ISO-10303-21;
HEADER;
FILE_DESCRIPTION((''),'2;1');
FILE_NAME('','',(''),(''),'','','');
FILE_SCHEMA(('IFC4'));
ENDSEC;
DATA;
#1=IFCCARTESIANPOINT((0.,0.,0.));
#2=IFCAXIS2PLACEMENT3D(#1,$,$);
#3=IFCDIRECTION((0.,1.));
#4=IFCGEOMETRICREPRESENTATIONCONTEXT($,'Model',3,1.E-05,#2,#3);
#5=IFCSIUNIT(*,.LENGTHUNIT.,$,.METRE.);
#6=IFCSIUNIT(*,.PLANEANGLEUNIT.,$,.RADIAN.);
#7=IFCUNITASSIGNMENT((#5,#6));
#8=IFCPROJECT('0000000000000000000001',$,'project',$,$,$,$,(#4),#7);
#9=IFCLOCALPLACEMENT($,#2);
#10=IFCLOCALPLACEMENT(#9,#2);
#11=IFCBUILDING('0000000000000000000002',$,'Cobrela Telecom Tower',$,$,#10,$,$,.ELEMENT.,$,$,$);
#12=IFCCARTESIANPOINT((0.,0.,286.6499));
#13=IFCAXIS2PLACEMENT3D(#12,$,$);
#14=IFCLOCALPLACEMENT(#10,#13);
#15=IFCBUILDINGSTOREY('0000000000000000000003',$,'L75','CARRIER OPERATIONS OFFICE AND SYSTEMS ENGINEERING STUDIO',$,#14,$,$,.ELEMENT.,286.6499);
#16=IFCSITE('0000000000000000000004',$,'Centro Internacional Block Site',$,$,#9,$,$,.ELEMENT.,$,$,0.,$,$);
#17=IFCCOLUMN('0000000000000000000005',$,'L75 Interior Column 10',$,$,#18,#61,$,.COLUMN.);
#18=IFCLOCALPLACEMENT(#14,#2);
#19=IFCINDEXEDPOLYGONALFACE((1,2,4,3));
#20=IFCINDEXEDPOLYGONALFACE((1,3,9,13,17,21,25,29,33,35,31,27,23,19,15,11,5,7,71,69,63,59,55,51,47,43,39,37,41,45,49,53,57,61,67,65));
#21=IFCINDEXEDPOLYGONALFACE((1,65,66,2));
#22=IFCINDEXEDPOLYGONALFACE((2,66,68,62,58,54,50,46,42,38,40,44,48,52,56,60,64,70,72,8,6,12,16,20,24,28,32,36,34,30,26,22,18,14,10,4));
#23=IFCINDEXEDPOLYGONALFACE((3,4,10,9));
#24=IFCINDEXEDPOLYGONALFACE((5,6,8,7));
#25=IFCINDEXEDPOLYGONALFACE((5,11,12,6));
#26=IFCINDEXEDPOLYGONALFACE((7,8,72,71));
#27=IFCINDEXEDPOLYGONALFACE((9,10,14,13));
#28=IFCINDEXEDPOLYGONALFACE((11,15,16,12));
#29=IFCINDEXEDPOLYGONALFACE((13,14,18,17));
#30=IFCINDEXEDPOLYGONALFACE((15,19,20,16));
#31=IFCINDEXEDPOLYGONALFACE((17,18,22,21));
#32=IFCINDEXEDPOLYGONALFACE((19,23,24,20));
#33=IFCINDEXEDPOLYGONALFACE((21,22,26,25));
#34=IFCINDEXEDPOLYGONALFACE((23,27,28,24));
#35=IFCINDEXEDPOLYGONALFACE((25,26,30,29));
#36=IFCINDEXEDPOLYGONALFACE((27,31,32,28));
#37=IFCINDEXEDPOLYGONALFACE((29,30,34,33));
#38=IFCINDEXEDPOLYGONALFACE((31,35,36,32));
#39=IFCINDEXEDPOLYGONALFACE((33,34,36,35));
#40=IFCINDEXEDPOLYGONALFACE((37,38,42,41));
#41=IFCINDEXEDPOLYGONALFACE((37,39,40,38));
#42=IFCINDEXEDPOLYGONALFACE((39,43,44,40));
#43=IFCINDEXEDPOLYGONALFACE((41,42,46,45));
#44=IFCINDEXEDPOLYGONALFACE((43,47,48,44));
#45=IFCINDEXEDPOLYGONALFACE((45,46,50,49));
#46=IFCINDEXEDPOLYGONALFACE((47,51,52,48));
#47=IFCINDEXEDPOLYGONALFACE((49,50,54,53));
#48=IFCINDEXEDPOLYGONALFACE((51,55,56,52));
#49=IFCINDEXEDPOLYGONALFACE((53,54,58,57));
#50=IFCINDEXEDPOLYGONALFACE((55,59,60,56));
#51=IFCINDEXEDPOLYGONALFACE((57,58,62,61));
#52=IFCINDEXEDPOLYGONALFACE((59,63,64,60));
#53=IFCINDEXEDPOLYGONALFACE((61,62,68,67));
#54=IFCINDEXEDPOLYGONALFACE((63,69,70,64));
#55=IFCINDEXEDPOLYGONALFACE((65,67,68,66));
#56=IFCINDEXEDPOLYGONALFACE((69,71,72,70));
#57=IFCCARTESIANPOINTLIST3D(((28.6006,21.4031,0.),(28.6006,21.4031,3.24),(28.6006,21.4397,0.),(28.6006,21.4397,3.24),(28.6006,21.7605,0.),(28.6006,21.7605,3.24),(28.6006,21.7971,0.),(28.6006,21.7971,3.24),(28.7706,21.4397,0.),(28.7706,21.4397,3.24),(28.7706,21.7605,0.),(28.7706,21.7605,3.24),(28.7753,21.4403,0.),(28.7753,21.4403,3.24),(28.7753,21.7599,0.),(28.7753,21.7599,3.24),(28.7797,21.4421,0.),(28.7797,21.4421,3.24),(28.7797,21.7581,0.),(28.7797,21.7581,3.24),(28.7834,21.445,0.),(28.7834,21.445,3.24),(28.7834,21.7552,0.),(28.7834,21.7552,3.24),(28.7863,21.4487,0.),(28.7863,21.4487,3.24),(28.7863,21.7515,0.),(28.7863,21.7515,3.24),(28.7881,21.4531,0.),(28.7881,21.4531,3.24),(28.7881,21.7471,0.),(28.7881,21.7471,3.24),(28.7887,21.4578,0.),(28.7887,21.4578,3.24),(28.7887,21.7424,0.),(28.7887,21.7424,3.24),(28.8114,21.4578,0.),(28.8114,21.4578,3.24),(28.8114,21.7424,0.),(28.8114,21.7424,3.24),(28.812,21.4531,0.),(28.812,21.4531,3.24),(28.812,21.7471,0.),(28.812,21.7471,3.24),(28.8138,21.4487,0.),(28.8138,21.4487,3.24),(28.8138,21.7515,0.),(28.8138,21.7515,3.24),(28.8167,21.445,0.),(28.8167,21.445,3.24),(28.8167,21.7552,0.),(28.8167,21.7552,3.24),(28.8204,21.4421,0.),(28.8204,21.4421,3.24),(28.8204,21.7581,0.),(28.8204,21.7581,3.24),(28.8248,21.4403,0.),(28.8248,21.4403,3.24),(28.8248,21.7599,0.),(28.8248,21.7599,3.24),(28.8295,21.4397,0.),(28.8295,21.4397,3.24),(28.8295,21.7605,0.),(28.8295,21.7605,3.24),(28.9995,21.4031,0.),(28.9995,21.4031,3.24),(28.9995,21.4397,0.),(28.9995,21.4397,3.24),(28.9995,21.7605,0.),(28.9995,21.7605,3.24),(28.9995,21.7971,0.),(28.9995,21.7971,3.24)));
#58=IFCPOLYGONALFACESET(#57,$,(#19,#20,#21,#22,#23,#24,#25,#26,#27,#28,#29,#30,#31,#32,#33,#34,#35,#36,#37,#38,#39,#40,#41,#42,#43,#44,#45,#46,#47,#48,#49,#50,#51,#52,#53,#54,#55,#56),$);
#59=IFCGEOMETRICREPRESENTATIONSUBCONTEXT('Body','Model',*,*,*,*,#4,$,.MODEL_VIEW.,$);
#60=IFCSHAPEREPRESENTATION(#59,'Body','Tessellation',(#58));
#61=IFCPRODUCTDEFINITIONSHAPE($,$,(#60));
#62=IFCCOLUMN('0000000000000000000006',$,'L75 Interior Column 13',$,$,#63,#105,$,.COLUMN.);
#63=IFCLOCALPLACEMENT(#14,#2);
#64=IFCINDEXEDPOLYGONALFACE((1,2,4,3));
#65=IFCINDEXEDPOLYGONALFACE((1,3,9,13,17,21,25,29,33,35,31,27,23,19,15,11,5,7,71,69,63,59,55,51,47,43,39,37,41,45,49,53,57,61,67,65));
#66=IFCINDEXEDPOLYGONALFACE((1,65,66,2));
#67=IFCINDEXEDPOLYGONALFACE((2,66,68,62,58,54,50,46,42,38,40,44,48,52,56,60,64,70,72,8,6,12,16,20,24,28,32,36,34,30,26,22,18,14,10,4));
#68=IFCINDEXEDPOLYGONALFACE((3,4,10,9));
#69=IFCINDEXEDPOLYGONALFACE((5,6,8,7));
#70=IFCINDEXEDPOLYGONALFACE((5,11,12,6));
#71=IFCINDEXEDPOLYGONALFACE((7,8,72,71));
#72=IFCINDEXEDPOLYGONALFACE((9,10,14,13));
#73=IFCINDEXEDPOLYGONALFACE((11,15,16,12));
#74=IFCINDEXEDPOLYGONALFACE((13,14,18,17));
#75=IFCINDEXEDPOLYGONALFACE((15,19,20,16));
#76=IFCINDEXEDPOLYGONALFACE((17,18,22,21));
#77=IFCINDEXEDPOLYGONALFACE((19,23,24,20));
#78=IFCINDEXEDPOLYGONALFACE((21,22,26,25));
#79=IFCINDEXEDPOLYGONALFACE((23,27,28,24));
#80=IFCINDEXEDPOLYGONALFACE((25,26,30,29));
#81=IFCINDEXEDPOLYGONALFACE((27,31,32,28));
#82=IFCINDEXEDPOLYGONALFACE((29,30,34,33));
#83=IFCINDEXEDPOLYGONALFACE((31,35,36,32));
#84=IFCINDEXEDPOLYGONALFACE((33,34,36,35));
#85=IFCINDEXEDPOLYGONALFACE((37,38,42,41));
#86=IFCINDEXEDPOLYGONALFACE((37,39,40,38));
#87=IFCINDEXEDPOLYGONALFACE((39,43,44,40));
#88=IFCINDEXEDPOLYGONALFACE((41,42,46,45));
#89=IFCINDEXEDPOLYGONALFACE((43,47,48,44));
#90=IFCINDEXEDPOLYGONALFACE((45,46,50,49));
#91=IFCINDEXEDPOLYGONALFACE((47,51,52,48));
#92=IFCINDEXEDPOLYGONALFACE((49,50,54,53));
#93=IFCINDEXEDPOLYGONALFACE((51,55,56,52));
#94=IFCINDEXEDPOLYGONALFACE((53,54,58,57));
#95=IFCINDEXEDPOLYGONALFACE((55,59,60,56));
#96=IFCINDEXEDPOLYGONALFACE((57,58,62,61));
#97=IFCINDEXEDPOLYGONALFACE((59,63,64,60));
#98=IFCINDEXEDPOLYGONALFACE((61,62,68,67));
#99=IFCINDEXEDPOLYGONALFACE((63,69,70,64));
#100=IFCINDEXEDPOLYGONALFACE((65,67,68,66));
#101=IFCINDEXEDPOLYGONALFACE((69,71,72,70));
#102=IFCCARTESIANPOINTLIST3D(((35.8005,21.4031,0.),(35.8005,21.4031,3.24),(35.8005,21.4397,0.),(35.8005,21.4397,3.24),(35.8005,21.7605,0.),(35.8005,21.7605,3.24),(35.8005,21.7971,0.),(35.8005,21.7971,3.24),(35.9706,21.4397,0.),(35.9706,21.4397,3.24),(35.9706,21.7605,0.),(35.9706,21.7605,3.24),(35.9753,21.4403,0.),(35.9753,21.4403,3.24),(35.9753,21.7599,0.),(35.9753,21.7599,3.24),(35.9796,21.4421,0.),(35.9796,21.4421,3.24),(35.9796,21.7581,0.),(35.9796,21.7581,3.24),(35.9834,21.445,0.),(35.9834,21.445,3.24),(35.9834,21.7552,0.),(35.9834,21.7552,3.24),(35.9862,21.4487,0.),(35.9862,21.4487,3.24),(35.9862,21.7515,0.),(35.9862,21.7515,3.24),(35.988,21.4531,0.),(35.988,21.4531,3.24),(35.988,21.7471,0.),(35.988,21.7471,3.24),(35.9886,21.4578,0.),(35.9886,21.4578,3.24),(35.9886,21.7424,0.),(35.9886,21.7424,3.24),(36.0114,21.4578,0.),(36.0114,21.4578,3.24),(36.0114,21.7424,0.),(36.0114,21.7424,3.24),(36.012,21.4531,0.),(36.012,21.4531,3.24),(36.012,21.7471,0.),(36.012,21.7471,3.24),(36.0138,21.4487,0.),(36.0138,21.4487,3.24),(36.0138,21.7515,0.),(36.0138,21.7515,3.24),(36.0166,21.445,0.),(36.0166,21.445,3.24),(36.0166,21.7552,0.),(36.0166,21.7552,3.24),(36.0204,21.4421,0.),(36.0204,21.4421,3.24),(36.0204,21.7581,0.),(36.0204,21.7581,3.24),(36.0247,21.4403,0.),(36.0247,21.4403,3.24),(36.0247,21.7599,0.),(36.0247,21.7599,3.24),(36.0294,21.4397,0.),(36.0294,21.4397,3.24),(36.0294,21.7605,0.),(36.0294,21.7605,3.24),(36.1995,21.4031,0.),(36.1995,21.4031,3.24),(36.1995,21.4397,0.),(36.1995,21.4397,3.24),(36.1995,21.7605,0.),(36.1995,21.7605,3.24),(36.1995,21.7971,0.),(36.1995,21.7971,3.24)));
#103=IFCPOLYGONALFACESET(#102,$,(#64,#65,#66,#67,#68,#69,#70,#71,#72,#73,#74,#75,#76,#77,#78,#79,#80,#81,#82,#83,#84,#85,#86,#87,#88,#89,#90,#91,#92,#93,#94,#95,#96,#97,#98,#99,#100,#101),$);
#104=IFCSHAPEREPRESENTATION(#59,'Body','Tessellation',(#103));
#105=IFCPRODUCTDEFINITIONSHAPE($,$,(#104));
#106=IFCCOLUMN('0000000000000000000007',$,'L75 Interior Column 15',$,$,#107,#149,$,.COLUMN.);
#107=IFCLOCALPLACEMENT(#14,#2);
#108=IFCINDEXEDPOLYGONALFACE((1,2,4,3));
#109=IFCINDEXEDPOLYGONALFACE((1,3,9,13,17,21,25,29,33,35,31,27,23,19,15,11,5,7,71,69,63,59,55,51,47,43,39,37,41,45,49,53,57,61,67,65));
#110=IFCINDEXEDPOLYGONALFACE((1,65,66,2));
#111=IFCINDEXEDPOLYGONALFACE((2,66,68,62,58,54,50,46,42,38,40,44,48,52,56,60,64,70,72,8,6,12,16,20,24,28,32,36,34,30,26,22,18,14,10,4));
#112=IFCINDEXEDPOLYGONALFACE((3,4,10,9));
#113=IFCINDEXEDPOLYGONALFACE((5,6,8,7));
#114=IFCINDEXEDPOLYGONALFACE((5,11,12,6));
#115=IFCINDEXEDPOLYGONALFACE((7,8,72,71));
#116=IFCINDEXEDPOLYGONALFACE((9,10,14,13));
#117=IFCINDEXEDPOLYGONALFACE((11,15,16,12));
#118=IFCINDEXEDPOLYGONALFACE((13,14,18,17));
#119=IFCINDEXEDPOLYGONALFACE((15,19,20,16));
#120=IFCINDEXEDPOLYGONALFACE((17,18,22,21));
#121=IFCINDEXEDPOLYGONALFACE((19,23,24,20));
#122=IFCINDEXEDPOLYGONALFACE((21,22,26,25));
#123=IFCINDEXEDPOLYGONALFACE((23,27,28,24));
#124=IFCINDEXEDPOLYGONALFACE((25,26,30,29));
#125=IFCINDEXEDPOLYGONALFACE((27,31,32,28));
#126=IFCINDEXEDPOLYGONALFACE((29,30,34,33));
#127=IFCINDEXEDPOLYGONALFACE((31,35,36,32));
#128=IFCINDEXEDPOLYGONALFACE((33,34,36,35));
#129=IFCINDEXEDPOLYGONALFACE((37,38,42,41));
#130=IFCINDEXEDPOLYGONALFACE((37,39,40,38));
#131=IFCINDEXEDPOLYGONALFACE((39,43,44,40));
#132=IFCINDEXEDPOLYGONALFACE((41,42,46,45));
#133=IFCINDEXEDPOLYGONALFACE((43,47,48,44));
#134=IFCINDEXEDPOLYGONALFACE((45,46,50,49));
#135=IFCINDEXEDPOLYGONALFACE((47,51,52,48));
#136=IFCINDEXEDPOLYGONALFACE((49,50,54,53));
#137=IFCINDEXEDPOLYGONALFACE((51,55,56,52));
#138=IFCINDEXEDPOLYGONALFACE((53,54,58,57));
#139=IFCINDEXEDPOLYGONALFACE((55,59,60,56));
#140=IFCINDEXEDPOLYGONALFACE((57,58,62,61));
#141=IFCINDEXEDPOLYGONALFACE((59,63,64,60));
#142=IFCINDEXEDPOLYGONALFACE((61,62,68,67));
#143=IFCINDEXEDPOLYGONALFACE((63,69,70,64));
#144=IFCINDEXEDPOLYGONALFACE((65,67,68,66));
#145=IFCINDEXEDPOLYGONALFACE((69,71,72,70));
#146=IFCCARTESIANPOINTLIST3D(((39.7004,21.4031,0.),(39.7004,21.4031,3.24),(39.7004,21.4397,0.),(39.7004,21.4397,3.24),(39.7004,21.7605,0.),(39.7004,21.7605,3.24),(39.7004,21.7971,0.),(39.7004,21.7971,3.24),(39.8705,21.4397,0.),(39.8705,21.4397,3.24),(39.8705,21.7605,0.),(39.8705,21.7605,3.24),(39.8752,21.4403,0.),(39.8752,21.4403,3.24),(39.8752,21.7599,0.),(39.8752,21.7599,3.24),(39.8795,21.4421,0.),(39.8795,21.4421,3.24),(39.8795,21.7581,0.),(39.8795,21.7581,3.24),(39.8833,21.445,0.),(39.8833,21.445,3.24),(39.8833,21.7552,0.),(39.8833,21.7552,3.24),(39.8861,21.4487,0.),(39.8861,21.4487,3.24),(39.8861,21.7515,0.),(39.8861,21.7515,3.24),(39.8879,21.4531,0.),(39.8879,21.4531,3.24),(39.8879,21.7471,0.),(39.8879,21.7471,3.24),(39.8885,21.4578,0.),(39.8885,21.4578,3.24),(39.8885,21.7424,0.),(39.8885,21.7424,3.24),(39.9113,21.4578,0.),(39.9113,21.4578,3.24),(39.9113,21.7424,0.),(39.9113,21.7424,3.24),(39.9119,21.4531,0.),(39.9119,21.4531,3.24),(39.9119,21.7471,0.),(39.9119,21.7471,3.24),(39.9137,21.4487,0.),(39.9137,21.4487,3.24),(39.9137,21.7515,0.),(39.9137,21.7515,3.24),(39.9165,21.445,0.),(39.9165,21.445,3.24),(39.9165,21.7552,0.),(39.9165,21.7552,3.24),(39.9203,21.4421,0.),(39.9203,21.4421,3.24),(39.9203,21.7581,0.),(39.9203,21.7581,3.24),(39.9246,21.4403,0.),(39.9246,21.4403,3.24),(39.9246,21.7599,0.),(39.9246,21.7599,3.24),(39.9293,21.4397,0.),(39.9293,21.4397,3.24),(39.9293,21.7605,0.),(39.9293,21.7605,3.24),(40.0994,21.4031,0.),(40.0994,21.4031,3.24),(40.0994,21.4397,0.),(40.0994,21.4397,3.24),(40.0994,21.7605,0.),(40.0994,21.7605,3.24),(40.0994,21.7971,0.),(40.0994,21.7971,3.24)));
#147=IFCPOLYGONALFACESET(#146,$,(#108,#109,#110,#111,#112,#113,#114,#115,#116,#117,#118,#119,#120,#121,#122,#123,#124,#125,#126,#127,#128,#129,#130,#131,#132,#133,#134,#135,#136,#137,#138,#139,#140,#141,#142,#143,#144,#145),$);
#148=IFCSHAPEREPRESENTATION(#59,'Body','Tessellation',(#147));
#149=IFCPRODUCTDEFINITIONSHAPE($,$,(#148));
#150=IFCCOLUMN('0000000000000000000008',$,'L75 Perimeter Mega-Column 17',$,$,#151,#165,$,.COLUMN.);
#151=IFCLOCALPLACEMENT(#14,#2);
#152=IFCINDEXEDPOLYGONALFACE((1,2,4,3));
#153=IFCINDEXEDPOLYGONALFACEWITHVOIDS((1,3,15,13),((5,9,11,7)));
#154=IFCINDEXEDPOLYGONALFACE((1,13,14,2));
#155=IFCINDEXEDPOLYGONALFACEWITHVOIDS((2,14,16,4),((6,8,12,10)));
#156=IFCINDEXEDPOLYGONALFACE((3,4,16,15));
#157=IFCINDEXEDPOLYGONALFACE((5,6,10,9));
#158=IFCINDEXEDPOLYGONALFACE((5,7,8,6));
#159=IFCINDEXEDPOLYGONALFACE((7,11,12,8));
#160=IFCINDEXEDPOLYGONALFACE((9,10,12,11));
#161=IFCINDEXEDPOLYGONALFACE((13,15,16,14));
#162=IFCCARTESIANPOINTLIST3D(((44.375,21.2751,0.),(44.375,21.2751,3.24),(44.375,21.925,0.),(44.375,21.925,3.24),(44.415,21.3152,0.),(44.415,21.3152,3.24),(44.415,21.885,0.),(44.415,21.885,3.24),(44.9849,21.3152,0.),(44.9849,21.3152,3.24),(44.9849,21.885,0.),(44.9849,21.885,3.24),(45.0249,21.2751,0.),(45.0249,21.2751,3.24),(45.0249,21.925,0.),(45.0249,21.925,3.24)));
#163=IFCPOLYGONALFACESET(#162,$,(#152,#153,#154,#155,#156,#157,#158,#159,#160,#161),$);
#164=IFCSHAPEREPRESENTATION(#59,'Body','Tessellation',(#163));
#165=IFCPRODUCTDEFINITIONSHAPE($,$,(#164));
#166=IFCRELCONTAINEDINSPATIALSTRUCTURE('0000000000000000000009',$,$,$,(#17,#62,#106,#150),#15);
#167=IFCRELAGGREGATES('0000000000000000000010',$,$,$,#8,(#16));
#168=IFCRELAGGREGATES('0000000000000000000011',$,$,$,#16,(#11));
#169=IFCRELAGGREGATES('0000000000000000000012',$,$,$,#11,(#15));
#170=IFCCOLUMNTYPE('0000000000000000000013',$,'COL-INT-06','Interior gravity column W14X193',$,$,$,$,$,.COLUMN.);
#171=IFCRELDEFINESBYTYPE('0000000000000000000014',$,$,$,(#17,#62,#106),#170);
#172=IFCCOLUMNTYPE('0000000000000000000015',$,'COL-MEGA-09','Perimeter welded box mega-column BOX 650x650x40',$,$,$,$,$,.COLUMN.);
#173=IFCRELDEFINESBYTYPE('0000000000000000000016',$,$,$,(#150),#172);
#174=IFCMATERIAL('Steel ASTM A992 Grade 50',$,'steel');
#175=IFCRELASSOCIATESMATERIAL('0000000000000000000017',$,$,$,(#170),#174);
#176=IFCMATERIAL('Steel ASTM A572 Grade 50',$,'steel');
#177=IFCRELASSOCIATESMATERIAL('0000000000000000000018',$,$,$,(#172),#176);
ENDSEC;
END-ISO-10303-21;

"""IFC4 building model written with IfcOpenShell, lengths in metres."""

from ifc_helpers import new_model, si_unit, direction, frame, origin, origin_2d, place, context, subcontext, project, spatial, hollow_rectangle, i_section, extrude, material, material_profile, profile_set, type_object, element, save


model = new_model("IFC4")

# Units and contexts
model_context = context("Model", 3, precision=1e-05, world=origin(), true_north=direction((0.0, 1.0)))
body_context = subcontext(model_context, "Body", "Model", "MODEL_VIEW")
ifc_project = project(units=[si_unit("LENGTHUNIT", "METRE"), si_unit("PLANEANGLEUNIT", "RADIAN")], contexts=[model_context])

# Site, building, storey
site_placement = place(None, origin())
site = spatial("IfcSite", under=ifc_project, at=site_placement, Name="Centro Internacional Block Site", CompositionType="ELEMENT", RefElevation=0.0)
building_placement = place(site_placement, origin())
building = spatial("IfcBuilding", under=site, at=building_placement, Name="Cobrela Telecom Tower", CompositionType="ELEMENT")
storey_placement = place(building_placement, frame((0.0, 0.0, 286.6499)))
storey = spatial("IfcBuildingStorey", under=building, at=storey_placement, Name="L75", Description="CARRIER OPERATIONS OFFICE AND SYSTEMS ENGINEERING STUDIO", CompositionType="ELEMENT", Elevation=286.6499)

# Columns
ifc_material_1 = material(Name="Steel ASTM A992 Grade 50", Category="steel")
ifc_material_profile_1 = material_profile(ifc_material_1, i_section(OverallWidth=0.3989, OverallDepth=0.394, WebThickness=0.0227, FlangeThickness=0.0366, FilletRadius=0.0181, at=origin_2d()), Name="W14X193")
ifc_profile_set_1 = profile_set([ifc_material_profile_1], Name="Steel ASTM A992 Grade 50")
column_type_1 = type_object("IfcColumnType", Name="COL-INT-06", Description="Interior gravity column W14X193", PredefinedType="COLUMN", material=ifc_profile_set_1)
for number, where, z_axis, x_axis, name in (
    (1, (28.8, 21.6001, 0.0), (0.0, 0.0, 1.0), (1.0, 0.0, 0.0), "L75 Interior Column 10"),
    (2, (36.0, 21.6001, 0.0), (0.0, 0.0, 1.0), (1.0, 0.0, 0.0), "L75 Interior Column 13"),
    (3, (39.8999, 21.6001, 0.0), (0.0, 0.0, 1.0), (1.0, 0.0, 0.0), "L75 Interior Column 15"),
):
    element("IfcColumn", number, at=place(storey_placement, frame(where, z_axis=z_axis, x_axis=x_axis)), inside=storey, type_object=column_type_1, Name=name, PredefinedType="COLUMN", context=body_context, shape_type="SweptSolid", body=[
        extrude(i_section(OverallWidth=0.3989, OverallDepth=0.394, WebThickness=0.0227, FlangeThickness=0.0366, FilletRadius=0.0181, at=origin_2d()), origin(), (0.0, 0.0, 1.0), 3.24),
    ])
ifc_material_2 = material(Name="Steel ASTM A572 Grade 50", Category="steel")
ifc_material_profile_2 = material_profile(ifc_material_2, hollow_rectangle(XDim=0.6499, YDim=0.6499, WallThickness=0.04, at=origin_2d()), Name="BOX 650x650x40")
ifc_profile_set_2 = profile_set([ifc_material_profile_2], Name="Steel ASTM A572 Grade 50")
column_type_2 = type_object("IfcColumnType", Name="COL-MEGA-09", Description="Perimeter welded box mega-column BOX 650x650x40", PredefinedType="COLUMN", material=ifc_profile_set_2)
column_placement = place(storey_placement, frame((44.7, 21.6001, 0.0), z_axis=(0.0, 0.0, 1.0), x_axis=(1.0, 0.0, 0.0)))
element("IfcColumn", 4, at=column_placement, inside=storey, type_object=column_type_2, Name="L75 Perimeter Mega-Column 17", PredefinedType="COLUMN", context=body_context, shape_type="SweptSolid", body=[
    extrude(hollow_rectangle(XDim=0.6499, YDim=0.6499, WallThickness=0.04, at=origin_2d()), origin(), (0.0, 0.0, 1.0), 3.24),
])

save(model, "model.ifc")
